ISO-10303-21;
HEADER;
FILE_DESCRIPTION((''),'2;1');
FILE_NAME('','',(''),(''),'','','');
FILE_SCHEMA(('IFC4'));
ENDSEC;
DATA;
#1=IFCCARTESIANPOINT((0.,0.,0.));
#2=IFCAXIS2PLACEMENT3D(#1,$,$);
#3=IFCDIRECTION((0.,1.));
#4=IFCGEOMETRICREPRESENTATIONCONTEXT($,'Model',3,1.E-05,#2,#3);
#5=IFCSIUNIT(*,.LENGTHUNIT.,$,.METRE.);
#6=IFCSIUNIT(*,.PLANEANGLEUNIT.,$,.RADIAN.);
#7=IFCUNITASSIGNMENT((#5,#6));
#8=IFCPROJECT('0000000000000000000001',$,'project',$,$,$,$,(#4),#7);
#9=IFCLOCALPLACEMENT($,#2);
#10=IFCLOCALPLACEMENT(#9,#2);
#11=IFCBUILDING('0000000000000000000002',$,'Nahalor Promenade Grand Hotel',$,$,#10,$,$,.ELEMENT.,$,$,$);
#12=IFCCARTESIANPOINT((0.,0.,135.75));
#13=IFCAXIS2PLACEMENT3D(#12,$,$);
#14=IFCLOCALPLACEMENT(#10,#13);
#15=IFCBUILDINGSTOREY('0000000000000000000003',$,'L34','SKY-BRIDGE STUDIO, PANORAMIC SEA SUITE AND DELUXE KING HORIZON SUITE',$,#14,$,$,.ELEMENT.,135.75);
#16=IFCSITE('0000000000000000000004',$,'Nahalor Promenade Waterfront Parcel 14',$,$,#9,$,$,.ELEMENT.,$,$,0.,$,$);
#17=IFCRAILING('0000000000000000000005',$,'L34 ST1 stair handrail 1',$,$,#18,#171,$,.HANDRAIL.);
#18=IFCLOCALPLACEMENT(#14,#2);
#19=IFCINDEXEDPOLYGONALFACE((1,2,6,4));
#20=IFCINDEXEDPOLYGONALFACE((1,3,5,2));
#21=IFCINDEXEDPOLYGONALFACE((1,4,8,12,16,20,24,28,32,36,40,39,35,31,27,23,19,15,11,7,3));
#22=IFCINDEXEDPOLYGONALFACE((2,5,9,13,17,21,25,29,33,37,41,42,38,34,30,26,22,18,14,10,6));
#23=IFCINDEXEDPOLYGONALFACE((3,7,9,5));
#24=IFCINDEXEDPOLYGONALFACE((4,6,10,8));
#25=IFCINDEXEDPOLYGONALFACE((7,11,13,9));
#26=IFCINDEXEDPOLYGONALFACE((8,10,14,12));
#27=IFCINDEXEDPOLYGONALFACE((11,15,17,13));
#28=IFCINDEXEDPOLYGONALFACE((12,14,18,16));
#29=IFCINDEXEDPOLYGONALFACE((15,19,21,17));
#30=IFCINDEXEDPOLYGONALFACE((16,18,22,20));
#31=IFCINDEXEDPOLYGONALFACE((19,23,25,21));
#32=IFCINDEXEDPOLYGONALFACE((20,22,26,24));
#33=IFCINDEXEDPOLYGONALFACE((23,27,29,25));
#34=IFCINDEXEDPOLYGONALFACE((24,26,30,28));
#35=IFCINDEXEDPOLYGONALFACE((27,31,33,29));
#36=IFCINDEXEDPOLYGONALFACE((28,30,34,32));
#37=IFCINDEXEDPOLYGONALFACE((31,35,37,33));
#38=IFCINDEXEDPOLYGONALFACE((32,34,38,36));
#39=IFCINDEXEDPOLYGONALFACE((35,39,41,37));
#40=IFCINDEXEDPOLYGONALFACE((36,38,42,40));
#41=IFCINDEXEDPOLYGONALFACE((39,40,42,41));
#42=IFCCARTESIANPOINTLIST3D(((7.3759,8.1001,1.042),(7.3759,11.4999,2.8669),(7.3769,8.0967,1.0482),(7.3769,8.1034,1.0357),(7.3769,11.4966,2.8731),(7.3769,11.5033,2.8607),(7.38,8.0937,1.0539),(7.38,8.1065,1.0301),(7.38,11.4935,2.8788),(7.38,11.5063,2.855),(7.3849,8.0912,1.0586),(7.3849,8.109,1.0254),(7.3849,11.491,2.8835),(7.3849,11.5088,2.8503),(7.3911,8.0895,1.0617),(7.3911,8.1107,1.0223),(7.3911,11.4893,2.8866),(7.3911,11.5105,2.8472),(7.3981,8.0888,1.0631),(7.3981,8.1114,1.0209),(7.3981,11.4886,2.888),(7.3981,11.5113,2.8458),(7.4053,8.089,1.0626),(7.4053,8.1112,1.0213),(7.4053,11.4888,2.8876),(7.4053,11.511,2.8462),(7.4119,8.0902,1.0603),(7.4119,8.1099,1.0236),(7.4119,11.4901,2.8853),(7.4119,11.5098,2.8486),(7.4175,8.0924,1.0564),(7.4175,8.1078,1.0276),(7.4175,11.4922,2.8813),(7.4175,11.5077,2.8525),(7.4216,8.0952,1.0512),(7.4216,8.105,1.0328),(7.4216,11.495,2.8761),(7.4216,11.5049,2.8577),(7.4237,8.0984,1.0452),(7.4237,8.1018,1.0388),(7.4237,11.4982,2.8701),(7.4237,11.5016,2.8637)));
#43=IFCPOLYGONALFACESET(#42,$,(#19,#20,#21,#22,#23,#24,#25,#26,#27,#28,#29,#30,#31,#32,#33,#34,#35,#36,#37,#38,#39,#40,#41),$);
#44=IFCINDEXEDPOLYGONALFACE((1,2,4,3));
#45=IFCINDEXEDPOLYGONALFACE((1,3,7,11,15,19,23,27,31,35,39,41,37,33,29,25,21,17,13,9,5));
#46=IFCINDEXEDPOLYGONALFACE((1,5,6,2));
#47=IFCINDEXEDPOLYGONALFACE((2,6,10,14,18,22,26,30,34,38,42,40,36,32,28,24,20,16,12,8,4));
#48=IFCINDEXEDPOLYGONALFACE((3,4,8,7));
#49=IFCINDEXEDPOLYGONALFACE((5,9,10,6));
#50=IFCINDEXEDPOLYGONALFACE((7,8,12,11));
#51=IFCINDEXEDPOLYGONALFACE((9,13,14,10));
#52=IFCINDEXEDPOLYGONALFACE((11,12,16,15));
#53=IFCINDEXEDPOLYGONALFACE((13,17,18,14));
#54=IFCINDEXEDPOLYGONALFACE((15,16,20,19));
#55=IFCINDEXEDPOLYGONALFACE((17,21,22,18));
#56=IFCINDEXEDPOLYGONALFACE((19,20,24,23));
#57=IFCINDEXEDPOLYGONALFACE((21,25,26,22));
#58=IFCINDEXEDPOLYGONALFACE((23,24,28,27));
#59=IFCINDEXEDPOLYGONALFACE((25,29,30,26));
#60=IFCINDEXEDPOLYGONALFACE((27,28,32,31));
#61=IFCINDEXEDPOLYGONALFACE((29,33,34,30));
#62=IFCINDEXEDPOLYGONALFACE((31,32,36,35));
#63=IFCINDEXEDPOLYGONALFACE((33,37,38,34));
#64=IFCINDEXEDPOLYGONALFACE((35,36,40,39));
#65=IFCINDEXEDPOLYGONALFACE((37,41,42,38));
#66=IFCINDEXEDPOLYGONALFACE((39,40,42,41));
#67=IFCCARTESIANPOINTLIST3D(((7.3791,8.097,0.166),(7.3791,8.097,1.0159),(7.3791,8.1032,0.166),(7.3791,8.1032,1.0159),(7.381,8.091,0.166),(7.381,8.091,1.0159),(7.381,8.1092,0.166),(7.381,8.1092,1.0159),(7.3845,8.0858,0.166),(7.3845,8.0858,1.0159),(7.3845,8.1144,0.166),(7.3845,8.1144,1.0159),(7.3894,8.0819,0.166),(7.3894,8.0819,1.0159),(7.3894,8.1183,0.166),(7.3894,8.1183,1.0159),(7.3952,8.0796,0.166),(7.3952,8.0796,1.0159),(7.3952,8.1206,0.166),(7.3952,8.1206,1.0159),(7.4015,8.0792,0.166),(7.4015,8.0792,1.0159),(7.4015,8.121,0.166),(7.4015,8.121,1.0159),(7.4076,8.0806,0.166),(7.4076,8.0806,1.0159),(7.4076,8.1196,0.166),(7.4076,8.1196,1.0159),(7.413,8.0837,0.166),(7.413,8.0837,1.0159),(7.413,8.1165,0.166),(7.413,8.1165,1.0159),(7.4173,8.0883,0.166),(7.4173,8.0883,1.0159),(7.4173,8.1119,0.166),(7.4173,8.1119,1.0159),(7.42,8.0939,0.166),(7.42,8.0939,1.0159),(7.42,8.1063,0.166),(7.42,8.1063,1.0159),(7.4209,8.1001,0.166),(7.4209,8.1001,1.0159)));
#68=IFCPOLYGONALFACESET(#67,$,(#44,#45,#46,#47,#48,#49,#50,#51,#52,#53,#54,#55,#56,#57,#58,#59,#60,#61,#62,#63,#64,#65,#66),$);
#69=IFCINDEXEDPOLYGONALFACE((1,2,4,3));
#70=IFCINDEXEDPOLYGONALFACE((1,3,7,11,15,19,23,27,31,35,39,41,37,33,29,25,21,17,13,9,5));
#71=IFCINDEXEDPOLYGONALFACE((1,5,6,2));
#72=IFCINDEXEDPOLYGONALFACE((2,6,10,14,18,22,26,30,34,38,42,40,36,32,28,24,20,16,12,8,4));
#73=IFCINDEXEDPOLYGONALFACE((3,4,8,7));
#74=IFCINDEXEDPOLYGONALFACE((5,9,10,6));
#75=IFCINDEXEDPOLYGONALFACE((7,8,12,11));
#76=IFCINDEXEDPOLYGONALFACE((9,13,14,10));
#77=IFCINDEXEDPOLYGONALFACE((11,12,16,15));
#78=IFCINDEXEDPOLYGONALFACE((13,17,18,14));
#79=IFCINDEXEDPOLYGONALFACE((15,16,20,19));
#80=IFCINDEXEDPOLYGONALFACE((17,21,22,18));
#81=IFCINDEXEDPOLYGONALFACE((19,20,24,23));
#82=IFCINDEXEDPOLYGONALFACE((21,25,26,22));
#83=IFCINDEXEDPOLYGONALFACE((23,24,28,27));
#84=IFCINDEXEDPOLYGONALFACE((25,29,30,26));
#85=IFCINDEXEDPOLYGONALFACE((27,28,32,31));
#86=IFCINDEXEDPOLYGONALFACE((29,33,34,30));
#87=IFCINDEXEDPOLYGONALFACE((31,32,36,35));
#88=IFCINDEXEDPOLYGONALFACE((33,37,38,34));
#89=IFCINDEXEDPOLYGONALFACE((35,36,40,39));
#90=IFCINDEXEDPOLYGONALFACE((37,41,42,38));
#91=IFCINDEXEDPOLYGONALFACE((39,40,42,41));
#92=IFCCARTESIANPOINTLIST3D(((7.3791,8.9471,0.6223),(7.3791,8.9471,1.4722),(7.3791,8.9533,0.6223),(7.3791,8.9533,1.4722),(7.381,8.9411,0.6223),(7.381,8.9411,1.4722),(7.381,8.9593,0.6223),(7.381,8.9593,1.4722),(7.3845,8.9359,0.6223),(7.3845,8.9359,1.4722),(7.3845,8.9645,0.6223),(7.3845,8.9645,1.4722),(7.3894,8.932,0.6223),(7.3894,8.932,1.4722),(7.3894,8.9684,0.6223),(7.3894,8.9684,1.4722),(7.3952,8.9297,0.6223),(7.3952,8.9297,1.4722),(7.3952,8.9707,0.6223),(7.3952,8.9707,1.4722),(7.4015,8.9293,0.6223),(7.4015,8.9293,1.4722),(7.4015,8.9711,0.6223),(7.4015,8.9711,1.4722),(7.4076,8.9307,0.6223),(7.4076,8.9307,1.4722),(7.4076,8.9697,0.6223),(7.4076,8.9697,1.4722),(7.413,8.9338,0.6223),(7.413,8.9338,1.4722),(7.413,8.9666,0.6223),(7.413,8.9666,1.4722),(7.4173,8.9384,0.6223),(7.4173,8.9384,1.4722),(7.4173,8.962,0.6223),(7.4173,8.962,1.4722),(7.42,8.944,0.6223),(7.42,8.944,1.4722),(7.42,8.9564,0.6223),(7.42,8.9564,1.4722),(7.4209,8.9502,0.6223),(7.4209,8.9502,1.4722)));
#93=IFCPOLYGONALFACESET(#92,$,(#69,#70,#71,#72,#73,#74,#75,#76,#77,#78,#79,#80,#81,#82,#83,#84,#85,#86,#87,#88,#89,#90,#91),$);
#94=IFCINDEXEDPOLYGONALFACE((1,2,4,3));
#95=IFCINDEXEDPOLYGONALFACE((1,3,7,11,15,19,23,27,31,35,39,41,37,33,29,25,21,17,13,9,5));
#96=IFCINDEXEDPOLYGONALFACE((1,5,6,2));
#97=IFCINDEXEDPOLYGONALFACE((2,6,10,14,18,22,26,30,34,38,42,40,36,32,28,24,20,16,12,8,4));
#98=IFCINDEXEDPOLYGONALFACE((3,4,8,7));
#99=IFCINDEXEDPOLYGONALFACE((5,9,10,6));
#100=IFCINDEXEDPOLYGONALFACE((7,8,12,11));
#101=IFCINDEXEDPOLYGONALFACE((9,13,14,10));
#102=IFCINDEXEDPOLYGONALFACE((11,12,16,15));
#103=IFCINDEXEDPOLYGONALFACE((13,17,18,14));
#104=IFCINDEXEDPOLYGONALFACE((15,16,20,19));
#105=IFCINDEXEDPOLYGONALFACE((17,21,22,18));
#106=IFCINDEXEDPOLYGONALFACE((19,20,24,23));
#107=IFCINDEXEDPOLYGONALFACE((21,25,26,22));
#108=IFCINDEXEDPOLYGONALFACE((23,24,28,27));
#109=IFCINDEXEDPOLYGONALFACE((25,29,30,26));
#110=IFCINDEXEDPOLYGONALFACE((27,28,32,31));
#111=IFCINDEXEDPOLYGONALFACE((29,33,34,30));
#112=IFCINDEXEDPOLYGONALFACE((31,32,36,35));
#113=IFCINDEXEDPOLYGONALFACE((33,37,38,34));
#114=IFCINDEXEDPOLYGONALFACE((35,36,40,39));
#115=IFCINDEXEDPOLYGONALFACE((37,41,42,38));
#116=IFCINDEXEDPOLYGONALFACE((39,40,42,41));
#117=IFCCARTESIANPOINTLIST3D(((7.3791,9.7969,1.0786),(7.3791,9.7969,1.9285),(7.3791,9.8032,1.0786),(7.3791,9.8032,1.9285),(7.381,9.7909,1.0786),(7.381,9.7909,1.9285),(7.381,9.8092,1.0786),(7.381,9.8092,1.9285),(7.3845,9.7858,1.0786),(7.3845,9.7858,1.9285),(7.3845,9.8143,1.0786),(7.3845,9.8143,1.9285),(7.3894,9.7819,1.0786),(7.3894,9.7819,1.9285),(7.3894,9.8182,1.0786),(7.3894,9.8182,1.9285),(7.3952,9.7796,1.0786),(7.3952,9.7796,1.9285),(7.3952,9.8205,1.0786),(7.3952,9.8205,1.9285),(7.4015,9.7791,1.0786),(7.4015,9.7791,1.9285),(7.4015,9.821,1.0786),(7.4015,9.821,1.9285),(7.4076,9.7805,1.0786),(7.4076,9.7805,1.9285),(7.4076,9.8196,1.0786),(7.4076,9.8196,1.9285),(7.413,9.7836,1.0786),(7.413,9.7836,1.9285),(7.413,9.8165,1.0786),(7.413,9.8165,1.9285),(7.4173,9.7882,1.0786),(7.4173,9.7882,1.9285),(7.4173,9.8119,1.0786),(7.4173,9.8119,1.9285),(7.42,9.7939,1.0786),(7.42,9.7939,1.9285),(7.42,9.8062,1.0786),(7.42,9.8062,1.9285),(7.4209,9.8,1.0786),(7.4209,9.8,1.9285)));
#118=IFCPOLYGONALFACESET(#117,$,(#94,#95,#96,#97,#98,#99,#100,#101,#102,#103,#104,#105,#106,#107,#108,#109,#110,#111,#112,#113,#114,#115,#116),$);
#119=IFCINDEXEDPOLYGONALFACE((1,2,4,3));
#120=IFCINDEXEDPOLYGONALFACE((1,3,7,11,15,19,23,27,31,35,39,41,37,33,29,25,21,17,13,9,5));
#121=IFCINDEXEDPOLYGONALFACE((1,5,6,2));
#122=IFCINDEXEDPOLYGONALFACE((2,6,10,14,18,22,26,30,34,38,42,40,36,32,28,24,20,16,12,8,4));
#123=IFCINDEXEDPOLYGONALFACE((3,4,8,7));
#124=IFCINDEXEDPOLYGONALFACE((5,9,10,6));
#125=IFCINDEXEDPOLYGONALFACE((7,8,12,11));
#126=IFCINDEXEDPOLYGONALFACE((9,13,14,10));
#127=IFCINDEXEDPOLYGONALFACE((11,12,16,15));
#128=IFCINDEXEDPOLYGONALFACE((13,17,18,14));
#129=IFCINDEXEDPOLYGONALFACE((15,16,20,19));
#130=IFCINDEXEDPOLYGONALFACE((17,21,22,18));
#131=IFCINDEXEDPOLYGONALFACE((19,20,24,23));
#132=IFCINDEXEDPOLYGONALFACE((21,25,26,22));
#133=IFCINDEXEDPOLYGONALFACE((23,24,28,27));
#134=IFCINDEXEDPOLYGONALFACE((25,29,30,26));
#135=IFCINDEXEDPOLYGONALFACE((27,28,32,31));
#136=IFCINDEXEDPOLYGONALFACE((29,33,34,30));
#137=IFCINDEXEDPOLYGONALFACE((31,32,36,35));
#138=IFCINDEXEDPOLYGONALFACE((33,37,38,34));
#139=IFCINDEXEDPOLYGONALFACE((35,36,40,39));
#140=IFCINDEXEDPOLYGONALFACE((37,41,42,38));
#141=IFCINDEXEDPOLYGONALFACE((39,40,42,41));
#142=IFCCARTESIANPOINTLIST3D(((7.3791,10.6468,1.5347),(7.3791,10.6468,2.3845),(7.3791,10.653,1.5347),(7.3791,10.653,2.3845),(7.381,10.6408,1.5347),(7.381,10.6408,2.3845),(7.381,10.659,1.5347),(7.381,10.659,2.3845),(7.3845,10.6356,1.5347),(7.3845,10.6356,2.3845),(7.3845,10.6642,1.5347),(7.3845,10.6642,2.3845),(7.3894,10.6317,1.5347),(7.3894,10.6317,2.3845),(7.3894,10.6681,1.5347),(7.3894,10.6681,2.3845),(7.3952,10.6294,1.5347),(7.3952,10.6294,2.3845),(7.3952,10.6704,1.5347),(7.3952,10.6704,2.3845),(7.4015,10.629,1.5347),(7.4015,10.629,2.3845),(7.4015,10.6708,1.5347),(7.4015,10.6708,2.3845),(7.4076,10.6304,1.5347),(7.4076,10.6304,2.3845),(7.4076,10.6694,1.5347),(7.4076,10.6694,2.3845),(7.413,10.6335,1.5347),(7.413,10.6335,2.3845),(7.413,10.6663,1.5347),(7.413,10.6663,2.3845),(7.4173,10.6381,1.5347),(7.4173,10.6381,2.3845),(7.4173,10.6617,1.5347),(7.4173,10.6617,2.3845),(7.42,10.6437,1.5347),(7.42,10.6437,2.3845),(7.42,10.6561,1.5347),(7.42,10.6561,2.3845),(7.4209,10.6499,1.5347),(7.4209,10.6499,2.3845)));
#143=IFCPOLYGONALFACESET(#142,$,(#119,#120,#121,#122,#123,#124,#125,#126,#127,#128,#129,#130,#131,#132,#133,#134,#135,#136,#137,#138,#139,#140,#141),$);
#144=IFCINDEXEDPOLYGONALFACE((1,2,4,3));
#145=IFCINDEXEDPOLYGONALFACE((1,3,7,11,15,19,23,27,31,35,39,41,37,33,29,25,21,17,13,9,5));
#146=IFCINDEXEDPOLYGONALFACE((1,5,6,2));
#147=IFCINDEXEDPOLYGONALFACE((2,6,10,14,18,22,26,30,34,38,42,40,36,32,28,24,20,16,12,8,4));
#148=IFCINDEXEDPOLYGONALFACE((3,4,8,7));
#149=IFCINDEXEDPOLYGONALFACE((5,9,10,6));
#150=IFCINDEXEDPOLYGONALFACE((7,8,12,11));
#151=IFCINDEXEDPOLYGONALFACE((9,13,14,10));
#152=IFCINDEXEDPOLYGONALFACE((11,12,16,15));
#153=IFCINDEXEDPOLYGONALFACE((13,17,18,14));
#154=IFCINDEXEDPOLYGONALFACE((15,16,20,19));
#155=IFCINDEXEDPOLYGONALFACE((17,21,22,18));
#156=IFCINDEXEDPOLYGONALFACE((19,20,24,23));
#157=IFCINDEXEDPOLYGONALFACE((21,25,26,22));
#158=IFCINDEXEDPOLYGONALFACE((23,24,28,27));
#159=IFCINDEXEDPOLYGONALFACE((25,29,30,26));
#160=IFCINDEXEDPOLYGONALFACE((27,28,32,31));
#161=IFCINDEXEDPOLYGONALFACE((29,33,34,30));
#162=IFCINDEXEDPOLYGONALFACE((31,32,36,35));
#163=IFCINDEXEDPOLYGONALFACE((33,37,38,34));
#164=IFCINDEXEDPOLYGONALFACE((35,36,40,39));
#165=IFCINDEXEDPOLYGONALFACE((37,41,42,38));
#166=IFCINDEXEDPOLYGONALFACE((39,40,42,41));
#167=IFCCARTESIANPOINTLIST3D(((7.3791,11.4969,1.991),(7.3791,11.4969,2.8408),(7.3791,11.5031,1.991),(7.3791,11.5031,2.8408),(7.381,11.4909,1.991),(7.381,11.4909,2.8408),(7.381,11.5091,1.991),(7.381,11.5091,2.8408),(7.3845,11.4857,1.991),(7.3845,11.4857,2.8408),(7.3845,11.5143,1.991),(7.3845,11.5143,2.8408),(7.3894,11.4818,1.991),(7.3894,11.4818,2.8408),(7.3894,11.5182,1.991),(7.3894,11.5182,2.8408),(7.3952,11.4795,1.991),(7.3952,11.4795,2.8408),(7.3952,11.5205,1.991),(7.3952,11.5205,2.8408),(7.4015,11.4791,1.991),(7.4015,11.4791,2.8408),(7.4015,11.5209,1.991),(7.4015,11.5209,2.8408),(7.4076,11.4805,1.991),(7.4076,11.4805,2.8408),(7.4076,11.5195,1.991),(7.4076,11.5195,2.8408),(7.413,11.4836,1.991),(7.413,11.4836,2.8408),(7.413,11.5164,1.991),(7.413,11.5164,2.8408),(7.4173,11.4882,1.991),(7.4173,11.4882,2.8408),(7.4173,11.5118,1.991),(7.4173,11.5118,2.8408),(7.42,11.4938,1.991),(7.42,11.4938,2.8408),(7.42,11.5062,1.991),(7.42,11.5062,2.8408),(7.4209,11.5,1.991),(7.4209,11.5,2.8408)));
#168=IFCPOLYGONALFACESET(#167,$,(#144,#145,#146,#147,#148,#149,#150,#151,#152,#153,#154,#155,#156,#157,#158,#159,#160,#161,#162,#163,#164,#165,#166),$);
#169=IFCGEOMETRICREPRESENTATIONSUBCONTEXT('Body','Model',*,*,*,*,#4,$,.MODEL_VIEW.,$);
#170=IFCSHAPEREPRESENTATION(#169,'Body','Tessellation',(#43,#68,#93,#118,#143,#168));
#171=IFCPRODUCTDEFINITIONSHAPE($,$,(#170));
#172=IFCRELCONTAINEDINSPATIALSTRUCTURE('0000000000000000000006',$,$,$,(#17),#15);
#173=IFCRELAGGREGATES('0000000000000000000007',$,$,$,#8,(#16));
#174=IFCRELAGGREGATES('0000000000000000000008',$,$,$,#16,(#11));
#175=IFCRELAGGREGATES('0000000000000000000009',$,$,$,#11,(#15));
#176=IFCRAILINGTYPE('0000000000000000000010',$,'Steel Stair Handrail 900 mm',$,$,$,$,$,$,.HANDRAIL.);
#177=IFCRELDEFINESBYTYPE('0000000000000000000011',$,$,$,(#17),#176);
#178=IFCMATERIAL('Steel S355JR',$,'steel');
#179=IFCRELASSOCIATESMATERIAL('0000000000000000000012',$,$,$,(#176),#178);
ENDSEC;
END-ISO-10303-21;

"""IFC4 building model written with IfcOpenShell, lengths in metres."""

from ifc_helpers import new_model, si_unit, direction, frame, origin, origin_2d, place, context, subcontext, project, spatial, circle, extrude, material, type_object, element, save


model = new_model("IFC4")

# Units and contexts
model_context = context("Model", 3, precision=1e-05, world=origin(), true_north=direction((0.0, 1.0)))
body_context = subcontext(model_context, "Body", "Model", "MODEL_VIEW")
ifc_project = project(units=[si_unit("LENGTHUNIT", "METRE"), si_unit("PLANEANGLEUNIT", "RADIAN")], contexts=[model_context])

# Site, building, storey
site_placement = place(None, origin())
site = spatial("IfcSite", under=ifc_project, at=site_placement, Name="Nahalor Promenade Waterfront Parcel 14", CompositionType="ELEMENT", RefElevation=0.0)
building_placement = place(site_placement, origin())
building = spatial("IfcBuilding", under=site, at=building_placement, Name="Nahalor Promenade Grand Hotel", CompositionType="ELEMENT")
storey_placement = place(building_placement, frame((0.0, 0.0, 135.75)))
storey = spatial("IfcBuildingStorey", under=building, at=storey_placement, Name="L34", Description="SKY-BRIDGE STUDIO, PANORAMIC SEA SUITE AND DELUXE KING HORIZON SUITE", CompositionType="ELEMENT", Elevation=135.75)

# Shared definitions
ifc_material_1 = material(Name="Steel S355JR", Category="steel")

# Railing
railing_type_1 = type_object("IfcRailingType", Name="Steel Stair Handrail 900 mm", PredefinedType="HANDRAIL", material=ifc_material_1)
railing_1_placement = place(storey_placement, frame((7.3999, 8.1001, 0.166)))
element("IfcRailing", 1, at=railing_1_placement, inside=storey, type_object=railing_type_1, Name="L34 ST1 stair handrail 1", PredefinedType="HANDRAIL", context=body_context, shape_type="SweptSolid", body=[
    extrude(circle(Radius=0.024, at=origin_2d()), frame((0.0, 0.0, 0.876), z_axis=(0.0, 0.881094, 0.472941), x_axis=(-1.0, 0.0, 0.0)), (0.0, 0.0, 1.0), 3.8586),
    extrude(circle(Radius=0.021, at=origin_2d()), origin(), (0.0, 0.0, 1.0), 0.8499),
    extrude(circle(Radius=0.021, at=origin_2d()), frame((0.0, 0.8501, 0.4563)), (0.0, 0.0, 1.0), 0.8499),
    extrude(circle(Radius=0.021, at=origin_2d()), frame((0.0, 1.7, 0.9126)), (0.0, 0.0, 1.0), 0.8499),
    extrude(circle(Radius=0.021, at=origin_2d()), frame((0.0, 2.5498, 1.3687)), (0.0, 0.0, 1.0), 0.8499),
    extrude(circle(Radius=0.021, at=origin_2d()), frame((0.0, 3.3999, 1.825)), (0.0, 0.0, 1.0), 0.8499),
])

save(model, "model.ifc")
